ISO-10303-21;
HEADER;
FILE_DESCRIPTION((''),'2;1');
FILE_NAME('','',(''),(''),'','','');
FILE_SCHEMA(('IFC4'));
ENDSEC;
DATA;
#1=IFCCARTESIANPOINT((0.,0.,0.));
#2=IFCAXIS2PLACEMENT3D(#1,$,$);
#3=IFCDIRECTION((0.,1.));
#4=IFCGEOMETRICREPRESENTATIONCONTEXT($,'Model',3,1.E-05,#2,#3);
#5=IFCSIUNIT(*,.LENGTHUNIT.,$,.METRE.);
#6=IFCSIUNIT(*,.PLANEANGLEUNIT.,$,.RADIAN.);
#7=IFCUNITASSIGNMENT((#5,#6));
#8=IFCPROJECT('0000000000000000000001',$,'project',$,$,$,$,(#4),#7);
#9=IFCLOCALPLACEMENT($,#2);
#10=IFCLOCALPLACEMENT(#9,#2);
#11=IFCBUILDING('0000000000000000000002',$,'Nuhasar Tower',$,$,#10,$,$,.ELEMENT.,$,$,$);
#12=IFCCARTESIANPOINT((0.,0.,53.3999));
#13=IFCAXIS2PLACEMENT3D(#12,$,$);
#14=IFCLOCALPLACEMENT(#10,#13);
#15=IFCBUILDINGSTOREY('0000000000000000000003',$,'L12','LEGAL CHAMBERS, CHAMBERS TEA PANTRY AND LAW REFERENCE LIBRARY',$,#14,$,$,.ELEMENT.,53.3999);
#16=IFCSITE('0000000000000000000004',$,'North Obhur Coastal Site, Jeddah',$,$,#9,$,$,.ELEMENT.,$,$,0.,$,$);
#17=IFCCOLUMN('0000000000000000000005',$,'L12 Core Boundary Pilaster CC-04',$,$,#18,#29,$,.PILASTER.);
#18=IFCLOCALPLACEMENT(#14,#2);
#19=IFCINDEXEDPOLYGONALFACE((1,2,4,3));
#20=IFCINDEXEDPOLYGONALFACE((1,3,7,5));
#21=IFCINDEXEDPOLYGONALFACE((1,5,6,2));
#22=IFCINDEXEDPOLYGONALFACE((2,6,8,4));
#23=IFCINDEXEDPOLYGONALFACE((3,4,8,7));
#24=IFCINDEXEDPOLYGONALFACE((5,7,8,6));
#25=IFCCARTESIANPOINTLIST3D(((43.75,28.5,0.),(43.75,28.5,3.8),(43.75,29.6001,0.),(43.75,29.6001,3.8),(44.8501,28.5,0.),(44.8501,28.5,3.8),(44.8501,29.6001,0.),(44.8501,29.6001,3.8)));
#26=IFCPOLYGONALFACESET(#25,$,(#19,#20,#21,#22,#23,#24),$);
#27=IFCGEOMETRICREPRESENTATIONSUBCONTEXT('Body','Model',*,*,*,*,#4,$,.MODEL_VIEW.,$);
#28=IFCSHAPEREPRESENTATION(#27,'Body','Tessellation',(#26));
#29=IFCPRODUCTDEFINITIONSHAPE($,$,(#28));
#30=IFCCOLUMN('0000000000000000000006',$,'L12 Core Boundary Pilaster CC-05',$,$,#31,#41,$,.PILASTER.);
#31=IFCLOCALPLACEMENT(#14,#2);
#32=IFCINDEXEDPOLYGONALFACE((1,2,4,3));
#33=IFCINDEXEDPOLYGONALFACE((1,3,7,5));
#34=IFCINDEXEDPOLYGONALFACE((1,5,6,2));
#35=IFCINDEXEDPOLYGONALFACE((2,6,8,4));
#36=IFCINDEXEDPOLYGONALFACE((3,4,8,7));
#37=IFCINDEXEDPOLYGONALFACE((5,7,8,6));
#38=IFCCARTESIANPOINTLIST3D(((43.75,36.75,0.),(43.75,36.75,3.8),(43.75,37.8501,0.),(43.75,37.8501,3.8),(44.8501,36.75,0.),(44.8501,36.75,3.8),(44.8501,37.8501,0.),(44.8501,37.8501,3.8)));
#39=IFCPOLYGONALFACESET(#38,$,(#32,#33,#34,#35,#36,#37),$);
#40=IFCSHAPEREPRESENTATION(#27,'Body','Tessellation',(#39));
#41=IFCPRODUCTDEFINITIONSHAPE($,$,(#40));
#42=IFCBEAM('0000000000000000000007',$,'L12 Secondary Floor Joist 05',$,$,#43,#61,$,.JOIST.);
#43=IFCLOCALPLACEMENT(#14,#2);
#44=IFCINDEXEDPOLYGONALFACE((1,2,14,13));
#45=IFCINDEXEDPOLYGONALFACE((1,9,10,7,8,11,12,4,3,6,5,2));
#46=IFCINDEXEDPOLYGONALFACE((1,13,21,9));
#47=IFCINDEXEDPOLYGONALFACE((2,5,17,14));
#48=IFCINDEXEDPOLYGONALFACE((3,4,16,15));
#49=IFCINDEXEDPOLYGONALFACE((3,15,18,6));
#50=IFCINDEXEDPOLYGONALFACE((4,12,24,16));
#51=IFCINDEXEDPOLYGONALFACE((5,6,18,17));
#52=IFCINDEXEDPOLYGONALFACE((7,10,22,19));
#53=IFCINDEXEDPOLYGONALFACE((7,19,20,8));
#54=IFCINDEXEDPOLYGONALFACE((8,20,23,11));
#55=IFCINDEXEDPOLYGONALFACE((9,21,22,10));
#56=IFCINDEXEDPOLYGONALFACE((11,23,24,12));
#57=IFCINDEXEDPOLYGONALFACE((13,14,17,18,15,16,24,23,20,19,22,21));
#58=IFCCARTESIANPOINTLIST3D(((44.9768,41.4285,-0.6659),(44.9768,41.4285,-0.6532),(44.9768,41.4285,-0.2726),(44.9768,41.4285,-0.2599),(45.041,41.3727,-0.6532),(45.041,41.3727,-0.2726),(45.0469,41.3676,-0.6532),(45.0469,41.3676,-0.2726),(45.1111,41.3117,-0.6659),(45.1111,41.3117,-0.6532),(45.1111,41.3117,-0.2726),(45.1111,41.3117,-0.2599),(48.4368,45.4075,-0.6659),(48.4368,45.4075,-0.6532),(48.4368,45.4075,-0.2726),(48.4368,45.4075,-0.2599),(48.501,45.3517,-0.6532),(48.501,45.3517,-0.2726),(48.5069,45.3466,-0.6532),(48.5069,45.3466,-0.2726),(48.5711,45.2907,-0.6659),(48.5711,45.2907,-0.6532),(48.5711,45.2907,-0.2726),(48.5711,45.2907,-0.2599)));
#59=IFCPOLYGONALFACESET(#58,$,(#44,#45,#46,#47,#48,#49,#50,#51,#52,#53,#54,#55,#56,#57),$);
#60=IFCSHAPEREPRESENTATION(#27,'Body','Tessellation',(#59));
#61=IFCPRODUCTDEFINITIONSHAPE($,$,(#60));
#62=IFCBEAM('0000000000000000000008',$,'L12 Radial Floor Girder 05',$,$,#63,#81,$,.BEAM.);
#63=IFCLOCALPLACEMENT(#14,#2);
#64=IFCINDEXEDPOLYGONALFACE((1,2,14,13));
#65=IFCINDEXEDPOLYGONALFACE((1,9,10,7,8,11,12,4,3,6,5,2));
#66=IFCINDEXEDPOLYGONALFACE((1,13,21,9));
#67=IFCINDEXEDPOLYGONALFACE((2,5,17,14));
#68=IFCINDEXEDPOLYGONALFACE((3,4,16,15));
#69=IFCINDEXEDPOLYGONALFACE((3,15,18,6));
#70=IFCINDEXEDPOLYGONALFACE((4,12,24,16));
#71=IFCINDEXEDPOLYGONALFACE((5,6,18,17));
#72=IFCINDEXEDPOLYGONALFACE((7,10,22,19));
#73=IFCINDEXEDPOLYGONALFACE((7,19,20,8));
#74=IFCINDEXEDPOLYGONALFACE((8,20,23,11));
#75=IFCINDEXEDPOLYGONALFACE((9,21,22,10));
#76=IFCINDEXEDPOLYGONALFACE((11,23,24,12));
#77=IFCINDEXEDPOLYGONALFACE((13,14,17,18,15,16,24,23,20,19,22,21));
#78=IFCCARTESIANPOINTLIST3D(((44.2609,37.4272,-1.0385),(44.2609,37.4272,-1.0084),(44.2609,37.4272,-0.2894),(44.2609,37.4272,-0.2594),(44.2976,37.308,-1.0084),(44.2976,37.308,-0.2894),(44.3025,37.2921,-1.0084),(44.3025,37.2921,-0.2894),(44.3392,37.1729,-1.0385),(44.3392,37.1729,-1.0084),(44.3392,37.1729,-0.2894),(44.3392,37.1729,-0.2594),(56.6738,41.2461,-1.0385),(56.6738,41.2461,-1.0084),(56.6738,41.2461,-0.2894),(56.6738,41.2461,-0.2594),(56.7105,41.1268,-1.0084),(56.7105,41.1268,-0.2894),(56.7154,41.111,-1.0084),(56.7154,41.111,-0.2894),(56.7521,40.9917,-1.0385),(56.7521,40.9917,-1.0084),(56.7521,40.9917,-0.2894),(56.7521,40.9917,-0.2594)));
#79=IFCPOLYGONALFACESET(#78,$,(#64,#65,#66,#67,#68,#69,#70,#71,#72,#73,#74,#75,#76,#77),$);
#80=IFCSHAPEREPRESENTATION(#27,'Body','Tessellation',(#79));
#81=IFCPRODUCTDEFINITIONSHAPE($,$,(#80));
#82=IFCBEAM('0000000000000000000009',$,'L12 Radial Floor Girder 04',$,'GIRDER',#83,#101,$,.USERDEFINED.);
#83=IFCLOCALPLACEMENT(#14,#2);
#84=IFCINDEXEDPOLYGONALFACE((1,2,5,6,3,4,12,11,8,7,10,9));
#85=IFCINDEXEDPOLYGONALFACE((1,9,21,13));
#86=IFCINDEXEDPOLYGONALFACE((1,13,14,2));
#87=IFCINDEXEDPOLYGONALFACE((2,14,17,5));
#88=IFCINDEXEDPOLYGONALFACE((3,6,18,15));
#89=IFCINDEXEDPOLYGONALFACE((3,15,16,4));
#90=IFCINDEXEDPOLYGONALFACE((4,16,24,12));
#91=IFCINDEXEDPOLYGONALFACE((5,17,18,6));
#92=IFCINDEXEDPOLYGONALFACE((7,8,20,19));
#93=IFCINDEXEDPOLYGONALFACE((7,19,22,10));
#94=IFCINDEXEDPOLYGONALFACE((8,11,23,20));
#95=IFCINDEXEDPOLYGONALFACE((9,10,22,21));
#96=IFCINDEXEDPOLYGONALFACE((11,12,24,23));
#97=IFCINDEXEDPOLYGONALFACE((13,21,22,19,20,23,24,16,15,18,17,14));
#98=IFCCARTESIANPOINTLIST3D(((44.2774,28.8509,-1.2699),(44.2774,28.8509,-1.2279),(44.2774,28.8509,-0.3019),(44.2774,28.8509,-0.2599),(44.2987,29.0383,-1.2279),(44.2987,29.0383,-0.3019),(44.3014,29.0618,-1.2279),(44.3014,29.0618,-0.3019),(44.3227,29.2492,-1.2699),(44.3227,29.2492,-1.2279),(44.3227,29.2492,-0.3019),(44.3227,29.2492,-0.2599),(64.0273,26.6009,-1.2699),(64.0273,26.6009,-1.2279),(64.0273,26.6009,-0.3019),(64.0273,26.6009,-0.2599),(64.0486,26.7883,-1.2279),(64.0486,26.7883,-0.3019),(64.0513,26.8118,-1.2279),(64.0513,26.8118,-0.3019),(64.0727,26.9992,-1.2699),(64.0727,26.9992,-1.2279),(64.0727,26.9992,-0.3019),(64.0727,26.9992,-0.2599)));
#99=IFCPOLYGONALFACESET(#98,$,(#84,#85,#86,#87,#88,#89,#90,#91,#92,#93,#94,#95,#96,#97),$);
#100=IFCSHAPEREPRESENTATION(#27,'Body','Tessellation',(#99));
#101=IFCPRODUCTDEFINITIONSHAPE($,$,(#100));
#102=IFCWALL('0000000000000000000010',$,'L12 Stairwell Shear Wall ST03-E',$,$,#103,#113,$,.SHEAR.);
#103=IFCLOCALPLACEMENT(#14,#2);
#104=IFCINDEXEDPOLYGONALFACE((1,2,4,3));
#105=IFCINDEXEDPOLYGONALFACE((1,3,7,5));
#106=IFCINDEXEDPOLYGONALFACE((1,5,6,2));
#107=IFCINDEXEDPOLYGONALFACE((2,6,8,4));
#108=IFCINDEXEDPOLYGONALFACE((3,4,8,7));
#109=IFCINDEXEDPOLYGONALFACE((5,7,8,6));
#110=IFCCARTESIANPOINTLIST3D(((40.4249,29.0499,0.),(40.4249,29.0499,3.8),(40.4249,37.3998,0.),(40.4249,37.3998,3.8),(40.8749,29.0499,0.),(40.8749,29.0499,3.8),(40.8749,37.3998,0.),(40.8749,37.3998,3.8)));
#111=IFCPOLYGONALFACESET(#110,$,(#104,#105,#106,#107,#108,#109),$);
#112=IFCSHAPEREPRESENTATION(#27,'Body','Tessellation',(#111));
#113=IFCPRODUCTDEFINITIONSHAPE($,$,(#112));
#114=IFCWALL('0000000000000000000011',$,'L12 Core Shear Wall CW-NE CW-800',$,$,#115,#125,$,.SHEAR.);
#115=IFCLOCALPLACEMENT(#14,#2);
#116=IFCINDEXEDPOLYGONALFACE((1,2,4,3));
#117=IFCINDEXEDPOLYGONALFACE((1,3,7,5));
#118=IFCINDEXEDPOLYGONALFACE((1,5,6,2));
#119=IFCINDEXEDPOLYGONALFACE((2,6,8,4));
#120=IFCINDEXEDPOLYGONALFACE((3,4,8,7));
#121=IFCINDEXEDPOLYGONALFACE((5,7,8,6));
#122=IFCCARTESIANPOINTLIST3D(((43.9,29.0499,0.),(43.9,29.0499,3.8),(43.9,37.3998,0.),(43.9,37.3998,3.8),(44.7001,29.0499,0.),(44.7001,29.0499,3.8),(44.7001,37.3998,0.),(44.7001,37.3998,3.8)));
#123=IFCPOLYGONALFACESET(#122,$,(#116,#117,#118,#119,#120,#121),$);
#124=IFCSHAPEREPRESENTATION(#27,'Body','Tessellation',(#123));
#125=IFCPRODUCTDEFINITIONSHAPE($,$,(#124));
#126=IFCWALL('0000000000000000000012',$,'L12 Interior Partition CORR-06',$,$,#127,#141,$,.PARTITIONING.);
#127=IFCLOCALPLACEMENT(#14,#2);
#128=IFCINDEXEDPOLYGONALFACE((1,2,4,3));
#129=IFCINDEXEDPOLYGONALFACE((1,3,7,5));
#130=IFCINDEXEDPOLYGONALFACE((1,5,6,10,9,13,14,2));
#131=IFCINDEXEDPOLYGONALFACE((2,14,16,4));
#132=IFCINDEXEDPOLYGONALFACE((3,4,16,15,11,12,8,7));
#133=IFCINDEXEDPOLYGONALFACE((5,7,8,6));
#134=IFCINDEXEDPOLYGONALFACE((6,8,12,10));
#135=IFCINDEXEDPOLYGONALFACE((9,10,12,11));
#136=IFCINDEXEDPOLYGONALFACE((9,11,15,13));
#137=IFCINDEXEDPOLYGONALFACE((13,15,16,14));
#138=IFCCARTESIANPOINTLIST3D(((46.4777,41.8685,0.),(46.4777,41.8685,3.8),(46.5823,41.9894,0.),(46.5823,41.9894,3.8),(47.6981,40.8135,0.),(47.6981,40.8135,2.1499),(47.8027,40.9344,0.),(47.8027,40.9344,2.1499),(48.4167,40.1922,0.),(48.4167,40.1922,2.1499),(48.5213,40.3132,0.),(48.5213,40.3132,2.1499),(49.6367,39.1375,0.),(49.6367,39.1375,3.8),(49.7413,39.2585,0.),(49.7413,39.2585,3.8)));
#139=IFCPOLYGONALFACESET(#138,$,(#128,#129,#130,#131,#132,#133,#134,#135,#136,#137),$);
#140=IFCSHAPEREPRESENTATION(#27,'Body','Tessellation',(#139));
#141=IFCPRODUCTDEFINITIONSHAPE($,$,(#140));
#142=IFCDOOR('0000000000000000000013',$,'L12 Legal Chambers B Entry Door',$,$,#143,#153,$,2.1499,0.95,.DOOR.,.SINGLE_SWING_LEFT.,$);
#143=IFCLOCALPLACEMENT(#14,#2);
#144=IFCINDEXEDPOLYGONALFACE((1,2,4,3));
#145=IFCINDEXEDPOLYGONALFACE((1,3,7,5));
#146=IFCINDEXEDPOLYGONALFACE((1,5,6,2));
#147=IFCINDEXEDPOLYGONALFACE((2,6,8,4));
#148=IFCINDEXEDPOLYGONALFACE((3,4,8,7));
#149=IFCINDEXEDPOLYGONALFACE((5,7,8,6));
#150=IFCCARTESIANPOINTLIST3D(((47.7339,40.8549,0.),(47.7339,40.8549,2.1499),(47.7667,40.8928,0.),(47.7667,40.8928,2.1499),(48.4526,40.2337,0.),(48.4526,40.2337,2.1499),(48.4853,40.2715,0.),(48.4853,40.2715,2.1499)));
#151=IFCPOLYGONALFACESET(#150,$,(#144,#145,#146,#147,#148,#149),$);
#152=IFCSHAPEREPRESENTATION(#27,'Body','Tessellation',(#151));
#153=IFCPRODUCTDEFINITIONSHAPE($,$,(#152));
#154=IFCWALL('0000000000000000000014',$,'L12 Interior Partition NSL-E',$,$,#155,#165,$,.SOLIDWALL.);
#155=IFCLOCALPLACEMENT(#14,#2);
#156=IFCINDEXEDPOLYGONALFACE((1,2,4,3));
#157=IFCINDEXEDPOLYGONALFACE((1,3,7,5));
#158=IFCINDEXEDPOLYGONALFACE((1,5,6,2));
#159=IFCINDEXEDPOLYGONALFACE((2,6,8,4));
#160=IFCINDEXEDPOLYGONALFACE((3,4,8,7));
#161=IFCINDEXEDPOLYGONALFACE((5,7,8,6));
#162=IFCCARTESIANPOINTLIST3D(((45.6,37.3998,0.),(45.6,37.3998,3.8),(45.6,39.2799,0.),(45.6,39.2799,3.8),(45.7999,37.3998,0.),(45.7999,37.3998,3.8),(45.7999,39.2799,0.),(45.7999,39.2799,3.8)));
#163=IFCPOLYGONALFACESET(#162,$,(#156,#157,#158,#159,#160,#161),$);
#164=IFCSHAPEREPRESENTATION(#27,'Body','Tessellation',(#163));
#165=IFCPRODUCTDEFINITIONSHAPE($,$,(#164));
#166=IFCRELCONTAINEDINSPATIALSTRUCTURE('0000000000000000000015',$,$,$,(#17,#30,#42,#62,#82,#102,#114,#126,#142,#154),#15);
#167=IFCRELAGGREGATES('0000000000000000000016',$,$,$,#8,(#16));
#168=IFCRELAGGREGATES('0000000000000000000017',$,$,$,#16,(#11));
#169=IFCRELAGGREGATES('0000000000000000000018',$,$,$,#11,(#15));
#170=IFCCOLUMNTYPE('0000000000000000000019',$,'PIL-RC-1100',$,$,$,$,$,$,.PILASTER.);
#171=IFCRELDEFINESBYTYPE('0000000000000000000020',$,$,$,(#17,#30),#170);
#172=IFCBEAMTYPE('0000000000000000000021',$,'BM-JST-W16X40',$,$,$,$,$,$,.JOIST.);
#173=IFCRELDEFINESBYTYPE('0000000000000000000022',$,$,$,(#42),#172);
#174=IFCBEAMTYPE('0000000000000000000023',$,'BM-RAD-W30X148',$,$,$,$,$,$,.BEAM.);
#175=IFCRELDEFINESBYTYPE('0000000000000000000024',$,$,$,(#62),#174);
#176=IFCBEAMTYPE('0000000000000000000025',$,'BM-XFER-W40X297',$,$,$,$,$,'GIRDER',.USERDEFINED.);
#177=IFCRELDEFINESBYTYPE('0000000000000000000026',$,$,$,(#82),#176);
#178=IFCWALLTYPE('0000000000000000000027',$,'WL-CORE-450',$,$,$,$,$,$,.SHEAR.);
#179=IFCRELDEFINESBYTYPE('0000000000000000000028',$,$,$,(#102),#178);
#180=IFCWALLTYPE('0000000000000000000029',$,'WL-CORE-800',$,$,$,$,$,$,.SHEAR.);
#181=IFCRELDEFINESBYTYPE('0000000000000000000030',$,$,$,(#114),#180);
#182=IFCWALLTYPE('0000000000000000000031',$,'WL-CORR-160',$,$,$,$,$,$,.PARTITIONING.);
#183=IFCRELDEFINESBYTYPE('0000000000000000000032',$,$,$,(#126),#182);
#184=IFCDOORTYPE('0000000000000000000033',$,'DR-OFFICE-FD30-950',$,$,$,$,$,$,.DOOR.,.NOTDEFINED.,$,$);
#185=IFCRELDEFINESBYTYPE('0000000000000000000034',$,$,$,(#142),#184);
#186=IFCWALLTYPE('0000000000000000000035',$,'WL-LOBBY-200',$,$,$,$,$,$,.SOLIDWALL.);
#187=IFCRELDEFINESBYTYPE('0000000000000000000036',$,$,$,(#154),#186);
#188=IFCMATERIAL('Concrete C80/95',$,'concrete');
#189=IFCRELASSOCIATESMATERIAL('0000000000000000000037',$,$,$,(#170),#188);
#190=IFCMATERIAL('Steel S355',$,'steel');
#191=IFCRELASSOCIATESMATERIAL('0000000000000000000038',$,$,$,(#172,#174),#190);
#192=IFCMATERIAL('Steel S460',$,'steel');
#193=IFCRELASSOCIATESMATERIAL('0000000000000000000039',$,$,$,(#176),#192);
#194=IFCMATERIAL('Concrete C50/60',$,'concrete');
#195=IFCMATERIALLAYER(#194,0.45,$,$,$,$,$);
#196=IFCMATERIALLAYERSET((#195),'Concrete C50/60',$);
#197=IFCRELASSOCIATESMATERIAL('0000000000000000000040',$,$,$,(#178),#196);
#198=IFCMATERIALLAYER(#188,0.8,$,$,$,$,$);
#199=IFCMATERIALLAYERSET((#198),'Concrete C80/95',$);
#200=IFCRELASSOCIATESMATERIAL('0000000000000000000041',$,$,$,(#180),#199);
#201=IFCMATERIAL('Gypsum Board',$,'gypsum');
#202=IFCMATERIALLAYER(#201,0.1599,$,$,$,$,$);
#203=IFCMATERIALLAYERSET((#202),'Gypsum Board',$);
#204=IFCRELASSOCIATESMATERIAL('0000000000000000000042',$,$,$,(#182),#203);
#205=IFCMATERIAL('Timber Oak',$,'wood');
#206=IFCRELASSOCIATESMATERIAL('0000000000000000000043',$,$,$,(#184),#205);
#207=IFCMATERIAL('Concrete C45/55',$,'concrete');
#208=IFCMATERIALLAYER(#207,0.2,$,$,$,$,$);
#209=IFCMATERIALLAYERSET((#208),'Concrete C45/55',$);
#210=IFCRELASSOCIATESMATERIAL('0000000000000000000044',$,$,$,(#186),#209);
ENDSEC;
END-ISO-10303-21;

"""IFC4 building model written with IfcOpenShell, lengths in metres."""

from ifc_helpers import new_model, si_unit, direction, frame, frame_2d, origin, origin_2d, place, context, subcontext, project, spatial, rectangle, i_section, extrude, material, layer, layer_set, material_profile, profile_set, type_object, element, fill, save


model = new_model("IFC4")

# Units and contexts
model_context = context("Model", 3, precision=1e-05, world=origin(), true_north=direction((0.0, 1.0)))
body_context = subcontext(model_context, "Body", "Model", "MODEL_VIEW")
ifc_project = project(units=[si_unit("LENGTHUNIT", "METRE"), si_unit("PLANEANGLEUNIT", "RADIAN")], contexts=[model_context])

# Site, building, storey
site_placement = place(None, origin())
site = spatial("IfcSite", under=ifc_project, at=site_placement, Name="North Obhur Coastal Site, Jeddah", CompositionType="ELEMENT", RefElevation=0.0)
building_placement = place(site_placement, origin())
building = spatial("IfcBuilding", under=site, at=building_placement, Name="Nuhasar Tower", CompositionType="ELEMENT")
storey_placement = place(building_placement, frame((0.0, 0.0, 53.3999)))
storey = spatial("IfcBuildingStorey", under=building, at=storey_placement, Name="L12", Description="LEGAL CHAMBERS, CHAMBERS TEA PANTRY AND LAW REFERENCE LIBRARY", CompositionType="ELEMENT", Elevation=53.3999)

# Columns
ifc_material_1 = material(Name="Concrete C80/95", Category="concrete")
ifc_material_profile_1 = material_profile(ifc_material_1, rectangle(XDim=1.1001, YDim=1.1001, at=origin_2d()), Name="RC1100X1100")
ifc_profile_set_1 = profile_set([ifc_material_profile_1], Name="Concrete C80/95")
column_type = type_object("IfcColumnType", Name="PIL-RC-1100", PredefinedType="PILASTER", material=ifc_profile_set_1)
for number, where, z_axis, x_axis, name in (
    (1, (44.3, 29.05, 0.0), (0.0, 0.0, 1.0), (1.0, 0.0, 0.0), "L12 Core Boundary Pilaster CC-04"),
    (2, (44.3, 37.3, 0.0), (0.0, 0.0, 1.0), (1.0, 0.0, 0.0), "L12 Core Boundary Pilaster CC-05"),
):
    element("IfcColumn", number, at=place(storey_placement, frame(where, z_axis=z_axis, x_axis=x_axis)), inside=storey, type_object=column_type, Name=name, PredefinedType="PILASTER", context=body_context, shape_type="SweptSolid", body=[
        extrude(rectangle(XDim=1.1001, YDim=1.1001, at=origin_2d()), origin(), (0.0, 0.0, 1.0), 3.8),
    ])

# Beams
ifc_material_2 = material(Name="Steel S355", Category="steel")
ifc_material_profile_2 = material_profile(ifc_material_2, i_section(OverallWidth=0.178, OverallDepth=0.406, WebThickness=0.0078, FlangeThickness=0.0127, at=origin_2d()), Name="W16X40")
ifc_profile_set_2 = profile_set([ifc_material_profile_2], Name="Steel S355")
beam_type_1 = type_object("IfcBeamType", Name="BM-JST-W16X40", PredefinedType="JOIST", material=ifc_profile_set_2)
beam_1_placement = place(storey_placement, frame((45.0439, 41.3701, -0.4629), z_axis=(0.656174, 0.75461, 0.0), x_axis=(-0.75461, 0.656174, 0.0)))
element("IfcBeam", 3, at=beam_1_placement, inside=storey, type_object=beam_type_1, Name="L12 Secondary Floor Joist 05", PredefinedType="JOIST", context=body_context, shape_type="SweptSolid", body=[
    extrude(i_section(OverallWidth=0.178, OverallDepth=0.406, WebThickness=0.0078, FlangeThickness=0.0127, at=origin_2d()), origin(), (0.0, 0.0, 1.0), 5.2729),
])
ifc_material_profile_3 = material_profile(ifc_material_2, i_section(OverallWidth=0.2661, OverallDepth=0.7791, WebThickness=0.0166, FlangeThickness=0.03, at=origin_2d()), Name="W30X148")
ifc_profile_set_3 = profile_set([ifc_material_profile_3], Name="Steel S355")
beam_type_2 = type_object("IfcBeamType", Name="BM-RAD-W30X148", PredefinedType="BEAM", material=ifc_profile_set_3)
beam_2_placement = place(storey_placement, frame((44.3, 37.3, -0.6489), z_axis=(0.95579, 0.294052, 0.0), x_axis=(-0.294052, 0.95579, 0.0)))
element("IfcBeam", 4, at=beam_2_placement, inside=storey, type_object=beam_type_2, Name="L12 Radial Floor Girder 05", PredefinedType="BEAM", context=body_context, shape_type="SweptSolid", body=[
    extrude(i_section(OverallWidth=0.2661, OverallDepth=0.7791, WebThickness=0.0166, FlangeThickness=0.03, at=origin_2d()), origin(), (0.0, 0.0, 1.0), 12.9871),
])
ifc_material_3 = material(Name="Steel S460", Category="steel")
ifc_material_profile_4 = material_profile(ifc_material_3, i_section(OverallWidth=0.4009, OverallDepth=1.01, WebThickness=0.0237, FlangeThickness=0.042, at=origin_2d()), Name="W40X297")
ifc_profile_set_4 = profile_set([ifc_material_profile_4], Name="Steel S460")
beam_type_3 = type_object("IfcBeamType", Name="BM-XFER-W40X297", ElementType="GIRDER", PredefinedType="USERDEFINED", material=ifc_profile_set_4)
beam_3_placement = place(storey_placement, frame((44.3, 29.05, -0.7649), z_axis=(0.993573, -0.113192, 0.0), x_axis=(0.113192, 0.993573, 0.0)))
element("IfcBeam", 5, at=beam_3_placement, inside=storey, type_object=beam_type_3, Name="L12 Radial Floor Girder 04", ObjectType="GIRDER", PredefinedType="USERDEFINED", context=body_context, shape_type="SweptSolid", body=[
    extrude(i_section(OverallWidth=0.4009, OverallDepth=1.01, WebThickness=0.0237, FlangeThickness=0.042, at=origin_2d()), origin(), (0.0, 0.0, 1.0), 19.8777),
])

# Shared definitions
ifc_material_4 = material(Name="Concrete C50/60", Category="concrete")
ifc_layer_1 = layer(ifc_material_4, 0.45)
ifc_layer_set_1 = layer_set([ifc_layer_1], Name="Concrete C50/60")
wall_type_1 = type_object("IfcWallType", Name="WL-CORE-450", PredefinedType="SHEAR", material=ifc_layer_set_1)

# Wall
wall_1_placement = place(storey_placement, frame((40.6499, 29.05, 0.0), z_axis=(0.0, 0.0, 1.0), x_axis=(0.0, 1.0, 0.0)))
element("IfcWall", 6, at=wall_1_placement, inside=storey, type_object=wall_type_1, Name="L12 Stairwell Shear Wall ST03-E", PredefinedType="SHEAR", context=body_context, shape_type="SweptSolid", body=[
    extrude(rectangle(XDim=8.3499, YDim=0.45, at=frame_2d((4.1748, 0.0))), origin(), (0.0, 0.0, 1.0), 3.8),
])

# Wall
ifc_layer_2 = layer(ifc_material_1, 0.8)
ifc_layer_set_2 = layer_set([ifc_layer_2], Name="Concrete C80/95")
wall_type_2 = type_object("IfcWallType", Name="WL-CORE-800", PredefinedType="SHEAR", material=ifc_layer_set_2)
wall_2_placement = place(storey_placement, frame((44.3, 29.05, 0.0), z_axis=(0.0, 0.0, 1.0), x_axis=(0.0, 1.0, 0.0)))
element("IfcWall", 7, at=wall_2_placement, inside=storey, type_object=wall_type_2, Name="L12 Core Shear Wall CW-NE CW-800", PredefinedType="SHEAR", context=body_context, shape_type="SweptSolid", body=[
    extrude(rectangle(XDim=8.3499, YDim=0.8, at=frame_2d((4.1748, 0.0))), origin(), (0.0, 0.0, 1.0), 3.8),
])

# Wall, opening, door
ifc_material_5 = material(Name="Gypsum Board", Category="gypsum")
ifc_layer_3 = layer(ifc_material_5, 0.1599)
ifc_layer_set_3 = layer_set([ifc_layer_3], Name="Gypsum Board")
wall_type_3 = type_object("IfcWallType", Name="WL-CORR-160", PredefinedType="PARTITIONING", material=ifc_layer_set_3)
wall_3_placement = place(storey_placement, frame((46.53, 41.929, 0.0), z_axis=(0.0, 0.0, 1.0), x_axis=(0.756493, -0.654002, 0.0)))
wall_3 = element("IfcWall", 8, at=wall_3_placement, inside=storey, type_object=wall_type_3, Name="L12 Interior Partition CORR-06", PredefinedType="PARTITIONING", context=body_context, shape_type="SweptSolid", body=[
    extrude(rectangle(XDim=4.1758, YDim=0.1599, at=frame_2d((2.0879, 0.0))), origin(), (0.0, 0.0, 1.0), 3.8),
])
opening_1_placement = place(wall_3_placement, frame((1.613, 0.0, 0.0)))
opening_1 = element("IfcOpeningElement", 9, at=opening_1_placement, cuts=wall_3, PredefinedType="OPENING", context=body_context, shape_type="SweptSolid", body=[
    extrude(rectangle(XDim=0.95, YDim=2.1499, at=frame_2d((0.4751, 1.075))), frame((0.0, 0.0898, 0.0), z_axis=(0.0, -1.0, 0.0), x_axis=(1.0, 0.0, 0.0)), (0.0, 0.0, 1.0), 0.1799),
])
ifc_material_6 = material(Name="Timber Oak", Category="wood")
door_type_1 = type_object("IfcDoorType", Name="DR-OFFICE-FD30-950", OperationType="NOTDEFINED", PredefinedType="DOOR", material=ifc_material_6)
door_1_placement = place(opening_1_placement, origin())
door_1 = element("IfcDoor", 10, at=door_1_placement, inside=storey, type_object=door_type_1, Name="L12 Legal Chambers B Entry Door", OperationType="SINGLE_SWING_LEFT", OverallHeight=2.1499, OverallWidth=0.95, PredefinedType="DOOR", context=body_context, shape_type="SweptSolid", body=[
    extrude(rectangle(XDim=0.95, YDim=2.1499, at=frame_2d((0.4751, 1.075))), frame((0.0, 0.0249, 0.0), z_axis=(0.0, -1.0, 0.0), x_axis=(1.0, 0.0, 0.0)), (0.0, 0.0, 1.0), 0.05),
])
fill(opening_1, door_1)

# Wall
ifc_material_7 = material(Name="Concrete C45/55", Category="concrete")
ifc_layer_4 = layer(ifc_material_7, 0.2)
ifc_layer_set_4 = layer_set([ifc_layer_4], Name="Concrete C45/55")
wall_type_4 = type_object("IfcWallType", Name="WL-LOBBY-200", PredefinedType="SOLIDWALL", material=ifc_layer_set_4)
wall_4_placement = place(storey_placement, frame((45.7, 37.3999, 0.0), z_axis=(0.0, 0.0, 1.0), x_axis=(0.0, 1.0, 0.0)))
element("IfcWall", 11, at=wall_4_placement, inside=storey, type_object=wall_type_4, Name="L12 Interior Partition NSL-E", PredefinedType="SOLIDWALL", context=body_context, shape_type="SweptSolid", body=[
    extrude(rectangle(XDim=1.8801, YDim=0.2, at=frame_2d((0.9399, 0.0))), origin(), (0.0, 0.0, 1.0), 3.8),
])

save(model, "model.ifc")
